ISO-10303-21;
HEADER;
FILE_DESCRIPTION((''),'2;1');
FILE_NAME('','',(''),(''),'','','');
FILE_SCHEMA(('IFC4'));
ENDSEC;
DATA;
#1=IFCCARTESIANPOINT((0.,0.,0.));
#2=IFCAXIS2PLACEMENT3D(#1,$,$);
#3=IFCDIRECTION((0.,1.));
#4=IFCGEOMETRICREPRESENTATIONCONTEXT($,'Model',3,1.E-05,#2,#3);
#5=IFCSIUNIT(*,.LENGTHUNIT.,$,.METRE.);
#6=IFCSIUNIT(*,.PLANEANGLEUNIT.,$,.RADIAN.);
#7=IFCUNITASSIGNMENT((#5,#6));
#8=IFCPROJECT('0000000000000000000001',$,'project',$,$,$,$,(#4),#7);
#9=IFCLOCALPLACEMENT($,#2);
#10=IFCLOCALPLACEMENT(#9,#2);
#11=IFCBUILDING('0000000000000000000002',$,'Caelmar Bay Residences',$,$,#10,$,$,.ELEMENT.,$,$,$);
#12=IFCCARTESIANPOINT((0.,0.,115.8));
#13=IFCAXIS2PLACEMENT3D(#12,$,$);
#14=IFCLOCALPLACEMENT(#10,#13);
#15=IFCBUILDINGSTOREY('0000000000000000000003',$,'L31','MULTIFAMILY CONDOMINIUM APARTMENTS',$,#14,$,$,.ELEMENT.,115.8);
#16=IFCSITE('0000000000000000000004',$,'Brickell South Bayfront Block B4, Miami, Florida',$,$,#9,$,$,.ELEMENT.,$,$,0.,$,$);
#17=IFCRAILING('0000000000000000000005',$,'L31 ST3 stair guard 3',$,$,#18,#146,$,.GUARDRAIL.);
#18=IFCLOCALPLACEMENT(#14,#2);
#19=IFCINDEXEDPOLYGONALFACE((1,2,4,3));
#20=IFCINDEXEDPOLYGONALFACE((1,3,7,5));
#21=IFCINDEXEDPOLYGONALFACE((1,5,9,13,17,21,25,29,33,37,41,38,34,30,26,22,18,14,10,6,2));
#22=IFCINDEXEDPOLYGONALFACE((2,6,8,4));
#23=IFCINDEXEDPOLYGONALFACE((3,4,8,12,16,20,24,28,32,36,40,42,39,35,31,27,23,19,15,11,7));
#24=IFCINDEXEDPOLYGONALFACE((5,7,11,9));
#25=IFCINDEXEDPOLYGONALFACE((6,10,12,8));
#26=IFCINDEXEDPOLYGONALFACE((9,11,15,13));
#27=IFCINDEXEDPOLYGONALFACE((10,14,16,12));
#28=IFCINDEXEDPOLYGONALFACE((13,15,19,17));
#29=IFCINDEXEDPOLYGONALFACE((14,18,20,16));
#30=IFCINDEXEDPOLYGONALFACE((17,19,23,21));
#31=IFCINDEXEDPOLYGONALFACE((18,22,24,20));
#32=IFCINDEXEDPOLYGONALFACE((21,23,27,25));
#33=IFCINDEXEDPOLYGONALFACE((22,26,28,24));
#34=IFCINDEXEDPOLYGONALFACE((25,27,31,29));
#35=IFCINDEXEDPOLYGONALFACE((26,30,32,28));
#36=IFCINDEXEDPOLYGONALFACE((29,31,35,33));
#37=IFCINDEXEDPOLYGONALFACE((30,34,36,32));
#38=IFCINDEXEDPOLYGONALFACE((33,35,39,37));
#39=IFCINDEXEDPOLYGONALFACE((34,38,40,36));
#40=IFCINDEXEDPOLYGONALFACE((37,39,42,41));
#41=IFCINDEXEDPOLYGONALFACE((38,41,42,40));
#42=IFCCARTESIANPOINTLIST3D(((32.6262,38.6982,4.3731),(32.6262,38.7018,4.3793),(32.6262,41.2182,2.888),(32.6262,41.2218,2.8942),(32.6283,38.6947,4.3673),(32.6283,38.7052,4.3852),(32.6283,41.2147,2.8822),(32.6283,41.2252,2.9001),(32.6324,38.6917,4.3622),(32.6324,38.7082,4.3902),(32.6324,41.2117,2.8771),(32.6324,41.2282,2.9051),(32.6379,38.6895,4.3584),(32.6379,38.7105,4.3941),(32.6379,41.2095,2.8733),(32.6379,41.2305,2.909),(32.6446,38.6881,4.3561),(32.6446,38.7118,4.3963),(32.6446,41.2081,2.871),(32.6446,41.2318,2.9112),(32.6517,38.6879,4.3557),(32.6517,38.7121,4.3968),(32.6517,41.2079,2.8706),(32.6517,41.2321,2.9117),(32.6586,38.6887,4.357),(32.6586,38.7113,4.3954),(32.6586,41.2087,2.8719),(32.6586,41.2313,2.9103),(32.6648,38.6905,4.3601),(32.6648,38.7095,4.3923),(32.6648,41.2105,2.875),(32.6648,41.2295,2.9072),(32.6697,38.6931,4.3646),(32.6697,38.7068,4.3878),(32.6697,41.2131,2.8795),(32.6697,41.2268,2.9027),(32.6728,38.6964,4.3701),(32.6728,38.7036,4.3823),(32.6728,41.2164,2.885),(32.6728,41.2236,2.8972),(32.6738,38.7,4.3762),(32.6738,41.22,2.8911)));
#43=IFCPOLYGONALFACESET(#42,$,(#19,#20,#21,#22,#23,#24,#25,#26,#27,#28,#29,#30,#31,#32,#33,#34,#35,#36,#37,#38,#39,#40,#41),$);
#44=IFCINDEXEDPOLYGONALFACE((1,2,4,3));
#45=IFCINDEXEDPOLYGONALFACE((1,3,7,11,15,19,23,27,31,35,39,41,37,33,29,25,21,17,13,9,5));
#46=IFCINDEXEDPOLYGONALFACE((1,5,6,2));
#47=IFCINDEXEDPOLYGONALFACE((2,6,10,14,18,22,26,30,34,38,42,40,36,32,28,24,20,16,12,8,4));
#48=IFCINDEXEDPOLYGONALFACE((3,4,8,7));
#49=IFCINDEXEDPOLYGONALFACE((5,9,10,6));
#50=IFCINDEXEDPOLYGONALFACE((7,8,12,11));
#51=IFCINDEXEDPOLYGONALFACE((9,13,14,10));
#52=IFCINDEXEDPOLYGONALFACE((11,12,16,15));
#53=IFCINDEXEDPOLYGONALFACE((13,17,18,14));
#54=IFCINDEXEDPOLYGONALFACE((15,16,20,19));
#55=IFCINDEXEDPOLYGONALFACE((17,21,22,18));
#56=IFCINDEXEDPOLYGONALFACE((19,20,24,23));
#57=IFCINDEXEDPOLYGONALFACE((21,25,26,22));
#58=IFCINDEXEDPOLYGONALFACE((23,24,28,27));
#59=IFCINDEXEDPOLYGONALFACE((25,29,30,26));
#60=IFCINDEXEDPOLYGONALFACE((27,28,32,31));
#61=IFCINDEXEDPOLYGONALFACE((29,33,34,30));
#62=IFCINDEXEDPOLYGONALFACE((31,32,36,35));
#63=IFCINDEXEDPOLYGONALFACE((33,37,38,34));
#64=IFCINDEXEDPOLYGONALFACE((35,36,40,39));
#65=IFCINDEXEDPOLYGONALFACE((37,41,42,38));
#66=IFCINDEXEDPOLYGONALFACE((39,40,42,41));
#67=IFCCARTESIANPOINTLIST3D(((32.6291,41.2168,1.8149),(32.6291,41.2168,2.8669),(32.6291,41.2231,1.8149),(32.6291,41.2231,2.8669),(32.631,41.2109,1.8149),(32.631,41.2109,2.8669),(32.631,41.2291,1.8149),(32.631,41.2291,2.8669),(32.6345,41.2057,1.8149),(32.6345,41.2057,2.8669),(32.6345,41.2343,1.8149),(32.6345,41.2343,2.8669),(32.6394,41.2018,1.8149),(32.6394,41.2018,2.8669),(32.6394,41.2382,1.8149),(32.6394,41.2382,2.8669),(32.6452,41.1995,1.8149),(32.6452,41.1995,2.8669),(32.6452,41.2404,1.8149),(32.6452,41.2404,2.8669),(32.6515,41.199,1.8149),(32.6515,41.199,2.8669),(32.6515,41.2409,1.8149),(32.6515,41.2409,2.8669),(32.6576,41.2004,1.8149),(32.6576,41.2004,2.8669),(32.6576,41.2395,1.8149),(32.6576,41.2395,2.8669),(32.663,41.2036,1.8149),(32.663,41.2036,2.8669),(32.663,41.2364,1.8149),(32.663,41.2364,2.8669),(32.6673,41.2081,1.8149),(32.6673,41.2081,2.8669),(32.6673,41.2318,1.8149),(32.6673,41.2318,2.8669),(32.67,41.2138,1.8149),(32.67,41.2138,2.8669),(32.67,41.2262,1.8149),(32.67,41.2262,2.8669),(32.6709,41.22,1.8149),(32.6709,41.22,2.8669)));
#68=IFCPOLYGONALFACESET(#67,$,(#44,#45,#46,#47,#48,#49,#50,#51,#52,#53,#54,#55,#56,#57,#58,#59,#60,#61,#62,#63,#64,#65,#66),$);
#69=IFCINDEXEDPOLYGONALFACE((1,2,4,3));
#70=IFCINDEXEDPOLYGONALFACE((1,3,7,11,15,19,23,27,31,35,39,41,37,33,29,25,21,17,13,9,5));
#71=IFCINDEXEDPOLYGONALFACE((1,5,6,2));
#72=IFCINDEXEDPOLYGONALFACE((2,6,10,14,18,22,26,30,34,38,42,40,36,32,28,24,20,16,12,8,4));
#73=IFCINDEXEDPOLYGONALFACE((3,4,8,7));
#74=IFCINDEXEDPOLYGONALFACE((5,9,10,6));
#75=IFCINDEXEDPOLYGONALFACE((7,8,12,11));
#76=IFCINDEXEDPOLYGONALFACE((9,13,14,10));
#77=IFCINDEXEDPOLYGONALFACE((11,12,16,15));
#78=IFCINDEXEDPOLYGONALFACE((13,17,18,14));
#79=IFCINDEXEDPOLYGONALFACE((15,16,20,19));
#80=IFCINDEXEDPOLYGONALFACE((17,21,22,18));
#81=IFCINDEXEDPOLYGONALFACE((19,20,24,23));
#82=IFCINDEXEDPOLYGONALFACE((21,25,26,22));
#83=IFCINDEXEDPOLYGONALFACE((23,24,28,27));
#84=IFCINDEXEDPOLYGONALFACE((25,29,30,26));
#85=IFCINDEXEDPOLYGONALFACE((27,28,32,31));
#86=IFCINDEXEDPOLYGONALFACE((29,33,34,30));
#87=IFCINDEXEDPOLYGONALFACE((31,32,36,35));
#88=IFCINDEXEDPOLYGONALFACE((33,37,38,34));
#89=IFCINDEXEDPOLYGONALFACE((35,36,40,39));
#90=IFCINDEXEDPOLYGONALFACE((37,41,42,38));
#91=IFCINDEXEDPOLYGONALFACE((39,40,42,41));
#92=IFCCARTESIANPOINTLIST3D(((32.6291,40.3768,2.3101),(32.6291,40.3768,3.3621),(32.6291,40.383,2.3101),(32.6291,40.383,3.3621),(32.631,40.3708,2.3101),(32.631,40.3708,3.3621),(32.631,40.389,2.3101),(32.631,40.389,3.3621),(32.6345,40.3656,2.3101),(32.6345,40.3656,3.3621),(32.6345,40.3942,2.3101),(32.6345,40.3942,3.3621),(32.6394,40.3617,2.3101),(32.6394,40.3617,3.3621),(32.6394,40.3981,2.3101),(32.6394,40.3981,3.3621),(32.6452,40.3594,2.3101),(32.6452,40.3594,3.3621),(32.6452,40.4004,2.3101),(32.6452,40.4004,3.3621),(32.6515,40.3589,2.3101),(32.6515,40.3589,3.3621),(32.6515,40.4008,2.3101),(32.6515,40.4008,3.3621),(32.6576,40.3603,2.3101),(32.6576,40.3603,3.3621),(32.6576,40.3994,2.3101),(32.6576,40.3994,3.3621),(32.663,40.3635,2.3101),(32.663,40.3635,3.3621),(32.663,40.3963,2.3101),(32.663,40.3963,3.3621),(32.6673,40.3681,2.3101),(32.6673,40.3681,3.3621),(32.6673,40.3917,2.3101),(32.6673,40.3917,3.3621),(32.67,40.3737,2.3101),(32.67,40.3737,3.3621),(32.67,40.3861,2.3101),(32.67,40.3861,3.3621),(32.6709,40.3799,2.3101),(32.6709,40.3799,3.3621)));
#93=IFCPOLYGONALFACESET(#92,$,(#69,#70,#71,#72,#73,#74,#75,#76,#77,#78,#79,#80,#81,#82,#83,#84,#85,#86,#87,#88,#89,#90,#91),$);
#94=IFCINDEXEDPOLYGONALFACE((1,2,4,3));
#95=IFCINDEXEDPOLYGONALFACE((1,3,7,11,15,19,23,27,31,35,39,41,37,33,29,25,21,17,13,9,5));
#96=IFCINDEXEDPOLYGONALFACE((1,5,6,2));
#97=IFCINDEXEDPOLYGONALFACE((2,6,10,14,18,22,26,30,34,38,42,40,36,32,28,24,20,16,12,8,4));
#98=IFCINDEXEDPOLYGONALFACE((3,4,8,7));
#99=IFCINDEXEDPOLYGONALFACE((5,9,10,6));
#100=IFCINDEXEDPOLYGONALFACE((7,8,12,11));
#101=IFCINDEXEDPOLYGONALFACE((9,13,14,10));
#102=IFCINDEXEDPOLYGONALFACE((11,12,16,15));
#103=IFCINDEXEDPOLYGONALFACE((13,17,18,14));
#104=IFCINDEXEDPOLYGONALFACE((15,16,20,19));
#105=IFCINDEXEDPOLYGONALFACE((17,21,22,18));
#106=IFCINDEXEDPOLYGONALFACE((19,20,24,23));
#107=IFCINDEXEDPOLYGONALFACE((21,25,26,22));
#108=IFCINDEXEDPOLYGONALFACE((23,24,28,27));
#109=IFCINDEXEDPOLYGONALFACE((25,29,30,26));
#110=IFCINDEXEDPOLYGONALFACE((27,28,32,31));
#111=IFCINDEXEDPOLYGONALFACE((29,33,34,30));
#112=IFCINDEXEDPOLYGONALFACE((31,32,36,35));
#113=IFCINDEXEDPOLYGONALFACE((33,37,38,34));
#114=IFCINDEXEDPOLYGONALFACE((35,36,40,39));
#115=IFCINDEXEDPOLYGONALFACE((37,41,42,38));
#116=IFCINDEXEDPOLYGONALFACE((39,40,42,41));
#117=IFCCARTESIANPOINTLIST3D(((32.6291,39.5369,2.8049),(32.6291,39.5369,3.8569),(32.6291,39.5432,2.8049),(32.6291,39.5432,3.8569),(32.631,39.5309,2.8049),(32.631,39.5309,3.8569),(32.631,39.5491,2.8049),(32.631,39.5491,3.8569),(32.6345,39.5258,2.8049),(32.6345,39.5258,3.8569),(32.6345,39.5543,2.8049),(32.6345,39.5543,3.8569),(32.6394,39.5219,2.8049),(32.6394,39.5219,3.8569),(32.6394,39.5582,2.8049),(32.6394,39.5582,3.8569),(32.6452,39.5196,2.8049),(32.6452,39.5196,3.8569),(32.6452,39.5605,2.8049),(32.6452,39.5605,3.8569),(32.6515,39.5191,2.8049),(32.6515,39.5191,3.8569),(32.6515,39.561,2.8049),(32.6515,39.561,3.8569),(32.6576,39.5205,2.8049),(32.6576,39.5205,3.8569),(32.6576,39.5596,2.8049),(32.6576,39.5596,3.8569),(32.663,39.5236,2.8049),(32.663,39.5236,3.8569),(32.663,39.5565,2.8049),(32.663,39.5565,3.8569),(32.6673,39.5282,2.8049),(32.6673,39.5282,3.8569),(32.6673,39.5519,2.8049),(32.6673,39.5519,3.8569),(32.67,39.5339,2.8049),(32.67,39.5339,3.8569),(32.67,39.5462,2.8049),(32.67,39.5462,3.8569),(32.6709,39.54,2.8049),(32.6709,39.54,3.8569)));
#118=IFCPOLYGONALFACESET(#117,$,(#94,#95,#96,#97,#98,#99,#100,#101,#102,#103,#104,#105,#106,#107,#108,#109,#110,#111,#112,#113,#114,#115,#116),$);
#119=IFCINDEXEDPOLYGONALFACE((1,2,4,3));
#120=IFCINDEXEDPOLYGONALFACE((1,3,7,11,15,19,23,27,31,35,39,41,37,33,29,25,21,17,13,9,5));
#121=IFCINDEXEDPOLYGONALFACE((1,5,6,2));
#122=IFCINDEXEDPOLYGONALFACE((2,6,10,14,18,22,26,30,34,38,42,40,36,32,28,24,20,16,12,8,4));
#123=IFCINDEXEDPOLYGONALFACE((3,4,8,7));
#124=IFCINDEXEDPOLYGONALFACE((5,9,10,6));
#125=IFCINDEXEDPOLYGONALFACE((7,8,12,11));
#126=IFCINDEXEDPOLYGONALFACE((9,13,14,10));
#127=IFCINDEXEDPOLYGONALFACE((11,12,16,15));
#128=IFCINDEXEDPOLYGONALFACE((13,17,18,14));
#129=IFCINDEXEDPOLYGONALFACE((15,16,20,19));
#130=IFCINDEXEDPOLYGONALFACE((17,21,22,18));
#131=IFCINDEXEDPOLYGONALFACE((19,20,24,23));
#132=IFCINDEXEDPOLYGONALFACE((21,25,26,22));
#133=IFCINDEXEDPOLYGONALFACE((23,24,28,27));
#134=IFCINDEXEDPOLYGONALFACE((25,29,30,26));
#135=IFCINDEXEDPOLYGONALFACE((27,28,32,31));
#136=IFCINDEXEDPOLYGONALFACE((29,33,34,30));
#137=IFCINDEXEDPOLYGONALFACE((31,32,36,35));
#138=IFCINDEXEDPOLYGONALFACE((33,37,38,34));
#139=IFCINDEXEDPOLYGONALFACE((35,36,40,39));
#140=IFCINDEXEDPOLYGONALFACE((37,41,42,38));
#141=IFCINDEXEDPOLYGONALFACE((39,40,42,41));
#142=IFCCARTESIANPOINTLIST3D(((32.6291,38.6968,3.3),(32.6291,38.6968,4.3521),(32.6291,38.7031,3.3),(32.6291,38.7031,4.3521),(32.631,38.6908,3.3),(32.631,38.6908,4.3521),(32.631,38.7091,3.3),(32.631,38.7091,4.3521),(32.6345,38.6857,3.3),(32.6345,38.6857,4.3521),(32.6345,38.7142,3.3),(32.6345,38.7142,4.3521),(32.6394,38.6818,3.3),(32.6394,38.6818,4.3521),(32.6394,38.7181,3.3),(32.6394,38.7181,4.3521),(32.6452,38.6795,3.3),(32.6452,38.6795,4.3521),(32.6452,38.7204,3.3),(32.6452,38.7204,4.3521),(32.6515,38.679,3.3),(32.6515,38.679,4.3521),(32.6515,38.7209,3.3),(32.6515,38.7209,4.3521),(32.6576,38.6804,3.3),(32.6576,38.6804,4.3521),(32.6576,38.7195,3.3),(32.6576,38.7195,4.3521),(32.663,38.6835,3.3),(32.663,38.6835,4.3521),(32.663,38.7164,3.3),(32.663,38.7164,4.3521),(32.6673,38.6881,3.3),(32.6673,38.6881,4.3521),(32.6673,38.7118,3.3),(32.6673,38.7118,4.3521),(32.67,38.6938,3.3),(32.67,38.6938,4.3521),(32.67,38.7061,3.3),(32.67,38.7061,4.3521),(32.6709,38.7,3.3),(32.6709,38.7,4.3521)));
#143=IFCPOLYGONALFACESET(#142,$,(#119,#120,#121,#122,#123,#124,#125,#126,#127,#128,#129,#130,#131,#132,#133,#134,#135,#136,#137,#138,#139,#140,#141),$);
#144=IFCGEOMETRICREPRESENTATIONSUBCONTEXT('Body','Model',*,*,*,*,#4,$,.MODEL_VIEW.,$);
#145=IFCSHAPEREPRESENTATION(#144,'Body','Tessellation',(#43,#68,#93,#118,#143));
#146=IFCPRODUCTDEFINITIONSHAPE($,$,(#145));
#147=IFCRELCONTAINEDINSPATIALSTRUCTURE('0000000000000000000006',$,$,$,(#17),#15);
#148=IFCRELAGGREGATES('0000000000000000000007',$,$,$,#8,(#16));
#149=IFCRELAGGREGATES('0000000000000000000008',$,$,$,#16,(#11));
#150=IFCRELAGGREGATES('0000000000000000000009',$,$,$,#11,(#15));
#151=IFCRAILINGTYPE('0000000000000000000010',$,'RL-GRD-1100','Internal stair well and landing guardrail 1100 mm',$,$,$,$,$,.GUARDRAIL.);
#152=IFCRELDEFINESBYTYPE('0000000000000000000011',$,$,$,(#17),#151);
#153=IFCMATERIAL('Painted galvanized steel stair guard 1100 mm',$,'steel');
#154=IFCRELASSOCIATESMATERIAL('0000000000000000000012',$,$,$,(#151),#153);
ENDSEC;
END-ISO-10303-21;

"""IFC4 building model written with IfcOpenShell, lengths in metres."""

from ifc_helpers import new_model, si_unit, direction, frame, origin, origin_2d, place, context, subcontext, project, spatial, circle, extrude, material, type_object, element, save


model = new_model("IFC4")

# Units and contexts
model_context = context("Model", 3, precision=1e-05, world=origin(), true_north=direction((0.0, 1.0)))
body_context = subcontext(model_context, "Body", "Model", "MODEL_VIEW")
ifc_project = project(units=[si_unit("LENGTHUNIT", "METRE"), si_unit("PLANEANGLEUNIT", "RADIAN")], contexts=[model_context])

# Site, building, storey
site_placement = place(None, origin())
site = spatial("IfcSite", under=ifc_project, at=site_placement, Name="Brickell South Bayfront Block B4, Miami, Florida", CompositionType="ELEMENT", RefElevation=0.0)
building_placement = place(site_placement, origin())
building = spatial("IfcBuilding", under=site, at=building_placement, Name="Caelmar Bay Residences", CompositionType="ELEMENT")
storey_placement = place(building_placement, frame((0.0, 0.0, 115.8)))
storey = spatial("IfcBuildingStorey", under=building, at=storey_placement, Name="L31", Description="MULTIFAMILY CONDOMINIUM APARTMENTS", CompositionType="ELEMENT", Elevation=115.8)

# Railing
ifc_material_1 = material(Name="Painted galvanized steel stair guard 1100 mm", Category="steel")
railing_type_1 = type_object("IfcRailingType", Name="RL-GRD-1100", Description="Internal stair well and landing guardrail 1100 mm", PredefinedType="GUARDRAIL", material=ifc_material_1)
railing_1_placement = place(storey_placement, frame((32.6499, 41.22, 1.8149)))
element("IfcRailing", 1, at=railing_1_placement, inside=storey, type_object=railing_type_1, Name="L31 ST3 stair guard 3", PredefinedType="GUARDRAIL", context=body_context, shape_type="SweptSolid", body=[
    extrude(circle(Radius=0.0239, at=origin_2d()), frame((0.0, 0.0, 1.0762), z_axis=(0.0, -0.861524, 0.507717), x_axis=(1.0, 0.0, 0.0)), (0.0, 0.0, 1.0), 2.925),
    extrude(circle(Radius=0.021, at=origin_2d()), origin(), (0.0, 0.0, 1.0), 1.052),
    extrude(circle(Radius=0.021, at=origin_2d()), frame((0.0, -0.8401, 0.4951)), (0.0, 0.0, 1.0), 1.052),
    extrude(circle(Radius=0.021, at=origin_2d()), frame((0.0, -1.6799, 0.99)), (0.0, 0.0, 1.0), 1.052),
    extrude(circle(Radius=0.021, at=origin_2d()), frame((0.0, -2.52, 1.4851)), (0.0, 0.0, 1.0), 1.052),
])

save(model, "model.ifc")
